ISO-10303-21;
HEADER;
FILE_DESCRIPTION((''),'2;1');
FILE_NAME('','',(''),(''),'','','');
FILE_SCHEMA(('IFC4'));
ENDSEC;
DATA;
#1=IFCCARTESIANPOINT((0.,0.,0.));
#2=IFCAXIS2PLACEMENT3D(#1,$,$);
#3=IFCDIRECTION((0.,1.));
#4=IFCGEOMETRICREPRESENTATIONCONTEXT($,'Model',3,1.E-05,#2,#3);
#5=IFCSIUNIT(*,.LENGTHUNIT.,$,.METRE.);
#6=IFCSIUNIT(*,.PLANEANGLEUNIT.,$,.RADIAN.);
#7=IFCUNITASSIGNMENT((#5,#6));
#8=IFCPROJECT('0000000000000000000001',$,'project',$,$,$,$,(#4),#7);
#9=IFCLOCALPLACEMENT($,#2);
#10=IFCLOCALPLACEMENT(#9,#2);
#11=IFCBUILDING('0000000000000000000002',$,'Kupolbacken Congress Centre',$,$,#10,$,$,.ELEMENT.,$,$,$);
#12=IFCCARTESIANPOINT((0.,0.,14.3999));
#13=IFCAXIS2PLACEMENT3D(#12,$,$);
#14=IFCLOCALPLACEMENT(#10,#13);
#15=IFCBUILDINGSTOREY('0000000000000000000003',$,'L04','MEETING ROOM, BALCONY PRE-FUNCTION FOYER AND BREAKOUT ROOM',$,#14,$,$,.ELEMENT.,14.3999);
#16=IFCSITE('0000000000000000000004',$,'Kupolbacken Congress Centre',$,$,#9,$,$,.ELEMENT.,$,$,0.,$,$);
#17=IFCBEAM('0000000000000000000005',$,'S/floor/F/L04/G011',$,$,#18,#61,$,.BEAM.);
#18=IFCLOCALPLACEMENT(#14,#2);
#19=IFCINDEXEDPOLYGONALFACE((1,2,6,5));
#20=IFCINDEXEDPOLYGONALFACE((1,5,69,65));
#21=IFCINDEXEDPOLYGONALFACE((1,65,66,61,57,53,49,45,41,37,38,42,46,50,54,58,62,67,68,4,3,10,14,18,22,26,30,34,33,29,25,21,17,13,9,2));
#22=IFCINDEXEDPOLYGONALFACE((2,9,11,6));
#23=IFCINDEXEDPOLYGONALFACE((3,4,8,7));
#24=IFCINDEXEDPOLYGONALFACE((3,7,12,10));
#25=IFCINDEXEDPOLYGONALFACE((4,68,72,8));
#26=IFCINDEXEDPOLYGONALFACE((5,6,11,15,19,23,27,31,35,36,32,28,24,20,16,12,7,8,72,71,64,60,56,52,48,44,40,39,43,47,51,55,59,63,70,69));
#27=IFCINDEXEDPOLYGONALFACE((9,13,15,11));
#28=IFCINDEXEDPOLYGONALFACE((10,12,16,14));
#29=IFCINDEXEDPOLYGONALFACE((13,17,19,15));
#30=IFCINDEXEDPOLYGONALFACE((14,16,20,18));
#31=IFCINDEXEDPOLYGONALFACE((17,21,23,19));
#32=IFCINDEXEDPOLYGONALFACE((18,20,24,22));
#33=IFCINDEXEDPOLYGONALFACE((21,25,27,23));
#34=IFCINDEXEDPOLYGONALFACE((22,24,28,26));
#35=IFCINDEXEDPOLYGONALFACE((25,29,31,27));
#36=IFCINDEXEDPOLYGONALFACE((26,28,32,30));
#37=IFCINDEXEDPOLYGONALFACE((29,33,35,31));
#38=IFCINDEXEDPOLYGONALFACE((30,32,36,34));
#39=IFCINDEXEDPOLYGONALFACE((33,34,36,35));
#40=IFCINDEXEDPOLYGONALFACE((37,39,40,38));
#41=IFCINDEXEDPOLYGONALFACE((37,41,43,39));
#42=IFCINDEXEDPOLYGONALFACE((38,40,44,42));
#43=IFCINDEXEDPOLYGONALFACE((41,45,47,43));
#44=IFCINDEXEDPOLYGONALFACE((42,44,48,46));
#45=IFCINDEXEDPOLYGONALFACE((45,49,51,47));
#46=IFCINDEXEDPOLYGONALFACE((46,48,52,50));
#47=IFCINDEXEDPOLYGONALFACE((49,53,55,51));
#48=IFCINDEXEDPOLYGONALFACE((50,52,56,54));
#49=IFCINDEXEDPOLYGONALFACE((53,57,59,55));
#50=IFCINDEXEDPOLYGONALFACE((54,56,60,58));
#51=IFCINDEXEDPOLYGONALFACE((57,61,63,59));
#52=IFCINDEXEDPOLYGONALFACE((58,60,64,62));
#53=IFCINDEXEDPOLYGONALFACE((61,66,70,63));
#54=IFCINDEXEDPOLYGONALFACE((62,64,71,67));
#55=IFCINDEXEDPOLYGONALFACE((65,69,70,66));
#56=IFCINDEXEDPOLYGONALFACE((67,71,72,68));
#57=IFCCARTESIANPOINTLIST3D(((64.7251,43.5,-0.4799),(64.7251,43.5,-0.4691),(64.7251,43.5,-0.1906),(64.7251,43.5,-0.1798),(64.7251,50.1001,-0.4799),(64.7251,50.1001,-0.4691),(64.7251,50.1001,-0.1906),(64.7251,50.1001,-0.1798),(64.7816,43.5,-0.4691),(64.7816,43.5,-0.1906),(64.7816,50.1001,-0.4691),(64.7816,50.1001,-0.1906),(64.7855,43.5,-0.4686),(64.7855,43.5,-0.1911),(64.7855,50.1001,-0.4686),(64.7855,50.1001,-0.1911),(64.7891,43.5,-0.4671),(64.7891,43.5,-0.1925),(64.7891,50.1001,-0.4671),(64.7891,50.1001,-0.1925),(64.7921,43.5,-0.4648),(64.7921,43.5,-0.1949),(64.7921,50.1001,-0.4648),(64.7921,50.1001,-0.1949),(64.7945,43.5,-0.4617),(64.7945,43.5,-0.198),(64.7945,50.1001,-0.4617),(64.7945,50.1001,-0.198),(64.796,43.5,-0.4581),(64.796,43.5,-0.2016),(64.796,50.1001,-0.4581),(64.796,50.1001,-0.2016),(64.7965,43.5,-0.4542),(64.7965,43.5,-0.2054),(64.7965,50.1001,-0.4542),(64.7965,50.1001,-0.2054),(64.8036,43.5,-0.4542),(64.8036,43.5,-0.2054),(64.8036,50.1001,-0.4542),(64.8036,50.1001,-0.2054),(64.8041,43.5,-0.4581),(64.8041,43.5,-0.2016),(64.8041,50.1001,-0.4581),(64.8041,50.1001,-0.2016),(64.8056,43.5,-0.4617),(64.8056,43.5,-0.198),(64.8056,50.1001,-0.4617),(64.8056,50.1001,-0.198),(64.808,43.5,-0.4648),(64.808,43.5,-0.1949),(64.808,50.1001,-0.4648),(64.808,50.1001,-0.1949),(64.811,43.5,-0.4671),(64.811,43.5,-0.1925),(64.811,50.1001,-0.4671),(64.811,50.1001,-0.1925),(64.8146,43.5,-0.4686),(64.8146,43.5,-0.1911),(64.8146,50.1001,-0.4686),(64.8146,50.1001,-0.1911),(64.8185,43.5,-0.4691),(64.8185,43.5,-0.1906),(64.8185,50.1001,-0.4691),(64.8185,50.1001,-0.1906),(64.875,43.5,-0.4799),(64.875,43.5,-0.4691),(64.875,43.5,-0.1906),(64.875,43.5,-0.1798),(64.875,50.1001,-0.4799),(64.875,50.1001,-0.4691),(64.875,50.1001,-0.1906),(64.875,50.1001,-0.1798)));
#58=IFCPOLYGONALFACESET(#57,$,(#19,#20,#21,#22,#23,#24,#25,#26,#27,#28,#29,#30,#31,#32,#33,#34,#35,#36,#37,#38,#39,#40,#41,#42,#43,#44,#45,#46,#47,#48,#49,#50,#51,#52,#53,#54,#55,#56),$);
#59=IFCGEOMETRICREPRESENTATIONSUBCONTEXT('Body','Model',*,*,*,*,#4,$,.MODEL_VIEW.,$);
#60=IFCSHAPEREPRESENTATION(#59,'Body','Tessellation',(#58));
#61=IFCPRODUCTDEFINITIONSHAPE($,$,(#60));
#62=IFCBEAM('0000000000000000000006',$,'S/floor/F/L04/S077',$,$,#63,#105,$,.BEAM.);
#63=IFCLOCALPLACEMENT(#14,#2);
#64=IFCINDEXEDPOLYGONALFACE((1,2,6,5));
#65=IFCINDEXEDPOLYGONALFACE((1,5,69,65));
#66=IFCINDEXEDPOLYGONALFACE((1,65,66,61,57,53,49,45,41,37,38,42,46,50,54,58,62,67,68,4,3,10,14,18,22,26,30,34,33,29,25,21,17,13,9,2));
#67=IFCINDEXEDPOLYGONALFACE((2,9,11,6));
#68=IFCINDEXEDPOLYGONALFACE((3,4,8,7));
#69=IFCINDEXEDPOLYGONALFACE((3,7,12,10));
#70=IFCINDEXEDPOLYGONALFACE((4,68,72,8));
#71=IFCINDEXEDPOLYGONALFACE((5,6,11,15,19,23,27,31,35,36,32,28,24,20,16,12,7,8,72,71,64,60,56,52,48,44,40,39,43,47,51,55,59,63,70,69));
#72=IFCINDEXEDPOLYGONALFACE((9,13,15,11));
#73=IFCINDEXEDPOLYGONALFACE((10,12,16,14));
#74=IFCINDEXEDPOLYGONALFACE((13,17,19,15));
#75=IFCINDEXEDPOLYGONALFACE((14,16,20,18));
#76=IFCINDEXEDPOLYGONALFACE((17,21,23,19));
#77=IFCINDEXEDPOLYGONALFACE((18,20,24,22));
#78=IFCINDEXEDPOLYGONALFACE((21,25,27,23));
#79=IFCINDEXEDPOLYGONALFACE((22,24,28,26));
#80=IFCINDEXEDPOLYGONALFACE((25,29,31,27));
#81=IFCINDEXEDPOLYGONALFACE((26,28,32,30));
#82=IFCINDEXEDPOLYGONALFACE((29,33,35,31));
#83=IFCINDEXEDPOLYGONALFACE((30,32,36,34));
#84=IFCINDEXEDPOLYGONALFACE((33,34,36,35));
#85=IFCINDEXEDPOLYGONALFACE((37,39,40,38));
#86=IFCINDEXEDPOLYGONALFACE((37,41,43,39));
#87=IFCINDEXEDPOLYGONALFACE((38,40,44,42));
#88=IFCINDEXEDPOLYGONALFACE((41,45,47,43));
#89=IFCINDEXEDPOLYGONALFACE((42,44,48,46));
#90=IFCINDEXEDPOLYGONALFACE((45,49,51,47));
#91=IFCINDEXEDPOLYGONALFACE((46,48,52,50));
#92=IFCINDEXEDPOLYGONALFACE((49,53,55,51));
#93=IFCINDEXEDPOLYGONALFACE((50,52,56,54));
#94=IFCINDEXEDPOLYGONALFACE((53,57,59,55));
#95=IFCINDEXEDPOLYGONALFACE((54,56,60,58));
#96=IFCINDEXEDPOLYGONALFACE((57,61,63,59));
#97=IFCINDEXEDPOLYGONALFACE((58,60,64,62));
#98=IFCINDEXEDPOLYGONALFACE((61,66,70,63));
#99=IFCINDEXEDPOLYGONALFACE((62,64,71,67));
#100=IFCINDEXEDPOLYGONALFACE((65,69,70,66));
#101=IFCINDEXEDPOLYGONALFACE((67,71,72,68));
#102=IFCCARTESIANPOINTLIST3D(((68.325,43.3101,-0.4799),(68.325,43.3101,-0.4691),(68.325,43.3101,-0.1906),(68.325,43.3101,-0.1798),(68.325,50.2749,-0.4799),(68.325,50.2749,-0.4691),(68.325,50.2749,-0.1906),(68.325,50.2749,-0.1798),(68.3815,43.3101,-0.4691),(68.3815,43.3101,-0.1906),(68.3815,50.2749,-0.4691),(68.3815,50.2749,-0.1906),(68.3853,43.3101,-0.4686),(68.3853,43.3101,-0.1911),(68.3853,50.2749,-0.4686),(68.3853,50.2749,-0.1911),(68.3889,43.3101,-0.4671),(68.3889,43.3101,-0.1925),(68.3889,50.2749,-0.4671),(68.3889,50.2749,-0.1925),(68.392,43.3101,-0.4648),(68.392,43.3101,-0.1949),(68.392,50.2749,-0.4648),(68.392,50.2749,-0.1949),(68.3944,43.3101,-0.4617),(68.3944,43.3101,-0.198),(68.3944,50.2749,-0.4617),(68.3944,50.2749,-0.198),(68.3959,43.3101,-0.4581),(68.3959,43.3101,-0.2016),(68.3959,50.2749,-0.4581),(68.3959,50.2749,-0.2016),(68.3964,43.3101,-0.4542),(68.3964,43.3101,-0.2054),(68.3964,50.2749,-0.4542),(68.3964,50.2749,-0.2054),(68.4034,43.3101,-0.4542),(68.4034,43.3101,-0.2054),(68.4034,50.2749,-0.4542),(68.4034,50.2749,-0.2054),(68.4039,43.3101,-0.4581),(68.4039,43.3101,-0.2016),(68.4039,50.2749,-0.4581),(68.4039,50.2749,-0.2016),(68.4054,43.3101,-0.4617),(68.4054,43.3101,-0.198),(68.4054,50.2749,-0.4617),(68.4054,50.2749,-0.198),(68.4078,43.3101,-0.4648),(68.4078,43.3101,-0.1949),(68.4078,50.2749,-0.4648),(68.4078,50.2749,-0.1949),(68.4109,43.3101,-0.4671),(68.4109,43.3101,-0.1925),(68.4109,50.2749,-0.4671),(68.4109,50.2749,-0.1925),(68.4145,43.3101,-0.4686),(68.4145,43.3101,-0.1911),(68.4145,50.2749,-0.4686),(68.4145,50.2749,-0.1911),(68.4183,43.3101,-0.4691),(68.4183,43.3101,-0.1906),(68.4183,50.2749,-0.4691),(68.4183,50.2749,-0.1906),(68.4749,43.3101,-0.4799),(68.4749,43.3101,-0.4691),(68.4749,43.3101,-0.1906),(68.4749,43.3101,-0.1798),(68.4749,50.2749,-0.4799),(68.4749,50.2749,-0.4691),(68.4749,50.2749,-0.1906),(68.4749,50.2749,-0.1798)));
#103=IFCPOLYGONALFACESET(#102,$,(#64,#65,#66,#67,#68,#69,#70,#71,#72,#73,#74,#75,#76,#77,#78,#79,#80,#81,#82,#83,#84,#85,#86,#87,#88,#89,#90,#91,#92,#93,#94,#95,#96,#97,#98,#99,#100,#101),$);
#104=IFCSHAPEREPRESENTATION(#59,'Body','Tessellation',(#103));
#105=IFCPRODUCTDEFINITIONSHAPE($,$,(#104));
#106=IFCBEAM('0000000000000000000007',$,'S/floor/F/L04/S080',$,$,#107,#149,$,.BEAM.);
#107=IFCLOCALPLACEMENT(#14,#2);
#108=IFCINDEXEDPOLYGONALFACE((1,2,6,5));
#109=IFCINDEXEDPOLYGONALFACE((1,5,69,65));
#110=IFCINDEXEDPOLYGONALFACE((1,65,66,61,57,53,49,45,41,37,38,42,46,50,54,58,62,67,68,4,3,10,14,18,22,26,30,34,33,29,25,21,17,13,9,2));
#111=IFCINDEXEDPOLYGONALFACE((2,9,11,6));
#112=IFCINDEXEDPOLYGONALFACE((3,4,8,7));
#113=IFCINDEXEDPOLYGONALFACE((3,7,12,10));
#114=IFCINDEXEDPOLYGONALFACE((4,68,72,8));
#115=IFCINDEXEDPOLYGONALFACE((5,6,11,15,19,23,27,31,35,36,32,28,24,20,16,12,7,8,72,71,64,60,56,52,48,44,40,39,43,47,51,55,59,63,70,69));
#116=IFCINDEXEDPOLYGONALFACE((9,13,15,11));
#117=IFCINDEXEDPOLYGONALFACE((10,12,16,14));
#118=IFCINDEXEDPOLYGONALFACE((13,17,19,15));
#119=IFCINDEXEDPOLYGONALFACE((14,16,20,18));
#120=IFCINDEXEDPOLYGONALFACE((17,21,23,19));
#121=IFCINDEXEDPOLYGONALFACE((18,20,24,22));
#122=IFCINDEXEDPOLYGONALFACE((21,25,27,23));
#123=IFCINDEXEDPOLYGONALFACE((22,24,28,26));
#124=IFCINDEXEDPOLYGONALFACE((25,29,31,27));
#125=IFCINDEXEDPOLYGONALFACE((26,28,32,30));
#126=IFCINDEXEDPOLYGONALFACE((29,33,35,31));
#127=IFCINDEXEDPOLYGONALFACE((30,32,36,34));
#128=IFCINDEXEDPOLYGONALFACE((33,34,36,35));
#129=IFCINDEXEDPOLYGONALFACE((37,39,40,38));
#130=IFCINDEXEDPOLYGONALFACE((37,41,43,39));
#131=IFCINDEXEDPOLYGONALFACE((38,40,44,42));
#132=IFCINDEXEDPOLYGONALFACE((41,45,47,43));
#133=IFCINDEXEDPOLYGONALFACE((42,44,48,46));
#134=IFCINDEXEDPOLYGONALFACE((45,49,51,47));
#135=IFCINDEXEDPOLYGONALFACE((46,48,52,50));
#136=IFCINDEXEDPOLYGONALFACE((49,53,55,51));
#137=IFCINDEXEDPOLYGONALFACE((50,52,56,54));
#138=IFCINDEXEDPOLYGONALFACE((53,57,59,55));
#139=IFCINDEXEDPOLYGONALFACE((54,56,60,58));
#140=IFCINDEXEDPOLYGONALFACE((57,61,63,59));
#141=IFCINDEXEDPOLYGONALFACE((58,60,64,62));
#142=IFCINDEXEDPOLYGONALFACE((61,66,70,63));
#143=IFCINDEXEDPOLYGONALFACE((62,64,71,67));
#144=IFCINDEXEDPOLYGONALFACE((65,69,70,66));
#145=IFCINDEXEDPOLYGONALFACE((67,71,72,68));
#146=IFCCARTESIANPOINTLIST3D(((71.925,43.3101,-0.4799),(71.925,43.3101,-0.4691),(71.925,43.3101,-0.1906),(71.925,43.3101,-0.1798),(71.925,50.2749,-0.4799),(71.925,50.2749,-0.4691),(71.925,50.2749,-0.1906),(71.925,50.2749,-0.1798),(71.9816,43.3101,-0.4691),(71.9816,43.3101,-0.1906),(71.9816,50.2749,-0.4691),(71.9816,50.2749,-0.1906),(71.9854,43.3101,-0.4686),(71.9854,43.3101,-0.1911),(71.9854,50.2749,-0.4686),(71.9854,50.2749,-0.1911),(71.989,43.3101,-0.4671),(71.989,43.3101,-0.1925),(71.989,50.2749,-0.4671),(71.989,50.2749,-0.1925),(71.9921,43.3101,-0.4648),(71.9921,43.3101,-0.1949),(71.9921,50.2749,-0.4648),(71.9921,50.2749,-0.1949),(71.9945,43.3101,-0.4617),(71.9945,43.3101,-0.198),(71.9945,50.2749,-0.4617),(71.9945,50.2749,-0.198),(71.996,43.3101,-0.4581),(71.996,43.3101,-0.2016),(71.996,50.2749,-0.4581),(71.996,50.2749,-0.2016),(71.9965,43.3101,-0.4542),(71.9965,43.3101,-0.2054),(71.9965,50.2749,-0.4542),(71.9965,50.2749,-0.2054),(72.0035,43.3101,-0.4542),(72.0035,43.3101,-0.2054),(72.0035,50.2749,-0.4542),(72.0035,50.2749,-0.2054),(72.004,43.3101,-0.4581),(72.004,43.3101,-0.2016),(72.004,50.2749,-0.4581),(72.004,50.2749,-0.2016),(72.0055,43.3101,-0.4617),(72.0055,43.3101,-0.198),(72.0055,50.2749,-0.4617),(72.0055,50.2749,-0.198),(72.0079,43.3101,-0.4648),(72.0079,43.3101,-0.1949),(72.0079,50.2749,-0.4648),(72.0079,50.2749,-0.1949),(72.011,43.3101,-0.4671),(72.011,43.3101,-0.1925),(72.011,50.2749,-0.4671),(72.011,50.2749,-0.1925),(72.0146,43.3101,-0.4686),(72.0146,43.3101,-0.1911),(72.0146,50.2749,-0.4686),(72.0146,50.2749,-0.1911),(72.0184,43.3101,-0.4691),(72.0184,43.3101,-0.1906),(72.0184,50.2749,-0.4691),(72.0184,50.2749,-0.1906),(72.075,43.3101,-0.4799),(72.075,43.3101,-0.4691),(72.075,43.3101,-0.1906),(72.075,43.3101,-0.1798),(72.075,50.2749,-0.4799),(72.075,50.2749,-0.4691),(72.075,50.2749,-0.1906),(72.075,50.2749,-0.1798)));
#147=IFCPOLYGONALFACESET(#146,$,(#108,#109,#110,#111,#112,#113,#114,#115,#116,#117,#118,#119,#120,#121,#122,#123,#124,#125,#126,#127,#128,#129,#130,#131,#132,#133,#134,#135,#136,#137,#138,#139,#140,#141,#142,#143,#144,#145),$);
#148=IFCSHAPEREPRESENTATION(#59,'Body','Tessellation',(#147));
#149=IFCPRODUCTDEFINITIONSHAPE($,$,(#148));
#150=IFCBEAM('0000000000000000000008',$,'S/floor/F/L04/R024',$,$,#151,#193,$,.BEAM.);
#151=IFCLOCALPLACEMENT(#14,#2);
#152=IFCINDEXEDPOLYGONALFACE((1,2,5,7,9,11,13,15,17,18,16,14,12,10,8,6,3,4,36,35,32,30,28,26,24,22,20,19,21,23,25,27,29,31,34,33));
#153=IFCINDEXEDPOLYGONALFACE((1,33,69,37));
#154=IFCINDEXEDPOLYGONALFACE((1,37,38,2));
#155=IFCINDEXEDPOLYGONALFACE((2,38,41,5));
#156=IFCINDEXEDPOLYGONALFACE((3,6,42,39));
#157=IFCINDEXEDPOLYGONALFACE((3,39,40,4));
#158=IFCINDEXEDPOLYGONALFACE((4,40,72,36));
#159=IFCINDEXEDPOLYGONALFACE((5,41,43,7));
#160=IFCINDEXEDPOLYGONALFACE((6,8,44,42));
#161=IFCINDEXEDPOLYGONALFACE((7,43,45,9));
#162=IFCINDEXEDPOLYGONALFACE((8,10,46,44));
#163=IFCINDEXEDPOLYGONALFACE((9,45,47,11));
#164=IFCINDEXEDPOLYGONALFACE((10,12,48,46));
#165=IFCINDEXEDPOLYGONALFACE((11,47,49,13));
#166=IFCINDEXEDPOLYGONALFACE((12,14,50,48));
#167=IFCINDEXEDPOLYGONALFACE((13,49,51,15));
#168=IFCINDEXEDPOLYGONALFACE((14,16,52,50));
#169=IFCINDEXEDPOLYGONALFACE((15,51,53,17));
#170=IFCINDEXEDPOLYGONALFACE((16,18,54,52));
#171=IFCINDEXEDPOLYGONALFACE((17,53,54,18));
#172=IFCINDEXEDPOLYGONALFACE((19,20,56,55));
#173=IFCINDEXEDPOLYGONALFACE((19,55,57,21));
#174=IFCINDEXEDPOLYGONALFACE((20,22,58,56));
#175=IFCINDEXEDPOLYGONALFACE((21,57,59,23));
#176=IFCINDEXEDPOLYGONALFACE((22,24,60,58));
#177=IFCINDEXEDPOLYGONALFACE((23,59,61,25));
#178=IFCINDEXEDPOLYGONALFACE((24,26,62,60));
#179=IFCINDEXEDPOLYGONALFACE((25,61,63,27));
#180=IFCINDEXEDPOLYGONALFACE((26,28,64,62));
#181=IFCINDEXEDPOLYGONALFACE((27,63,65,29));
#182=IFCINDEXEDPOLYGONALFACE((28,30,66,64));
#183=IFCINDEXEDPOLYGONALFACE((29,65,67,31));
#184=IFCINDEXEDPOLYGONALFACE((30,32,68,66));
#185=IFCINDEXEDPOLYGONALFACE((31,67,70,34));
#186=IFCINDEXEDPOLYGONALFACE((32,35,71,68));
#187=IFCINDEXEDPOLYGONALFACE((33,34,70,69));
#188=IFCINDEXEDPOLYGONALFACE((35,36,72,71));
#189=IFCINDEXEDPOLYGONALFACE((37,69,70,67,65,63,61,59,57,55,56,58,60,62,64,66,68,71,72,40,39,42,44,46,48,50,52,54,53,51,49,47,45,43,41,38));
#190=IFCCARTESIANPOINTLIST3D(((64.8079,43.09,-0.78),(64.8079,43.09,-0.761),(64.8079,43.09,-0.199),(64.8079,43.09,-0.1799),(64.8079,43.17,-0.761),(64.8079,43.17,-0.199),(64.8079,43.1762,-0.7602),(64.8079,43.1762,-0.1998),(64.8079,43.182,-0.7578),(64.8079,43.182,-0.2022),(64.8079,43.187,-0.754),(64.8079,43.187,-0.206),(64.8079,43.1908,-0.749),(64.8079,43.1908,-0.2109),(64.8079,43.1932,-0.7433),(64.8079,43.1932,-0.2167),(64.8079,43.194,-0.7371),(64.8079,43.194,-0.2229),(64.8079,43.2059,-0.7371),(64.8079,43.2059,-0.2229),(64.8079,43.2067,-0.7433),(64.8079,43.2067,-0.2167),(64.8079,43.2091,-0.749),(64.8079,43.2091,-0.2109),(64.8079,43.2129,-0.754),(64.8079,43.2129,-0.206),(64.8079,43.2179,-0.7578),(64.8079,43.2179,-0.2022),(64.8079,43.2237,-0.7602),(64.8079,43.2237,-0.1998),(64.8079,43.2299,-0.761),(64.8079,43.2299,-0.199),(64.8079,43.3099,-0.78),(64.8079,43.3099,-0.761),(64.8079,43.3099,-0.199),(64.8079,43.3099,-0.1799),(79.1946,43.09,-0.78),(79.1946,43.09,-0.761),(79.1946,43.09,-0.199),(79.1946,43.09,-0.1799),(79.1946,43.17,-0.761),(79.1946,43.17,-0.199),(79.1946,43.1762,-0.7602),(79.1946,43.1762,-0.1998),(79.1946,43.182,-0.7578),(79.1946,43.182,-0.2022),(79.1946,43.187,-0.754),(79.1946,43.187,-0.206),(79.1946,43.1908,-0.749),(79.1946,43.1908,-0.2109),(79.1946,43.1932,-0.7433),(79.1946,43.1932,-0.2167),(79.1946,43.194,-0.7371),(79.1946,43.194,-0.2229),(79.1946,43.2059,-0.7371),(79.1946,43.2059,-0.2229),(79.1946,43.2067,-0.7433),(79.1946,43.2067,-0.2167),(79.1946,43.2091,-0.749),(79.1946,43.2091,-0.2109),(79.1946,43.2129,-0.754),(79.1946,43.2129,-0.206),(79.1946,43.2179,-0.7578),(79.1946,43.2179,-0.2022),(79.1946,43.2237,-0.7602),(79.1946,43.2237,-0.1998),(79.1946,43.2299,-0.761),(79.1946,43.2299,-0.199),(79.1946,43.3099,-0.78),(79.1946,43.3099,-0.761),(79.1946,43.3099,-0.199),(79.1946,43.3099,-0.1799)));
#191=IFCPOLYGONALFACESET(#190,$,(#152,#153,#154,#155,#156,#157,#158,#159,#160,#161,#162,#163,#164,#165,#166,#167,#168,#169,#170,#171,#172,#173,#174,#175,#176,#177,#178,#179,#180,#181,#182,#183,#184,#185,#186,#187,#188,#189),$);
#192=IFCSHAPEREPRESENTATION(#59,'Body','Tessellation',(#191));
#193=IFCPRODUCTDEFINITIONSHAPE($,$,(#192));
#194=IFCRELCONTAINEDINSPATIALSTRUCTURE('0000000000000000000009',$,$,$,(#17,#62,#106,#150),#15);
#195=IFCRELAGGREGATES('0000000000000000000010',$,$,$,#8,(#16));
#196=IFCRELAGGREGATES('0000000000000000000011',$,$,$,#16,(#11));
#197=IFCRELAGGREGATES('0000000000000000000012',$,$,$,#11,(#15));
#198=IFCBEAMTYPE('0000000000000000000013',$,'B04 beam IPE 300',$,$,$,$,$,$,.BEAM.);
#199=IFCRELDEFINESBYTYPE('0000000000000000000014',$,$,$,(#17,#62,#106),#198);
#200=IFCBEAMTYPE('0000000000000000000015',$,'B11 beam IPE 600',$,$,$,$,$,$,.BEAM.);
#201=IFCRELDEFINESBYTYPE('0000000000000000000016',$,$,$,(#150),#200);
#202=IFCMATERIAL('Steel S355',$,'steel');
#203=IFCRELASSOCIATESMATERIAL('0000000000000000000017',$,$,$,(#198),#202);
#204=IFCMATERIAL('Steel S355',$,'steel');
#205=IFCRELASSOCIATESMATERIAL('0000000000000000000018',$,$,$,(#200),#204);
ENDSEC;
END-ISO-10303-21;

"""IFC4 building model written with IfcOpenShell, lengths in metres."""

from ifc_helpers import new_model, si_unit, direction, frame, origin, origin_2d, place, context, subcontext, project, spatial, i_section, extrude, material, material_profile, profile_set, type_object, element, save


model = new_model("IFC4")

# Units and contexts
model_context = context("Model", 3, precision=1e-05, world=origin(), true_north=direction((0.0, 1.0)))
body_context = subcontext(model_context, "Body", "Model", "MODEL_VIEW")
ifc_project = project(units=[si_unit("LENGTHUNIT", "METRE"), si_unit("PLANEANGLEUNIT", "RADIAN")], contexts=[model_context])

# Site, building, storey
site_placement = place(None, origin())
site = spatial("IfcSite", under=ifc_project, at=site_placement, Name="Kupolbacken Congress Centre", CompositionType="ELEMENT", RefElevation=0.0)
building_placement = place(site_placement, origin())
building = spatial("IfcBuilding", under=site, at=building_placement, Name="Kupolbacken Congress Centre", CompositionType="ELEMENT")
storey_placement = place(building_placement, frame((0.0, 0.0, 14.3999)))
storey = spatial("IfcBuildingStorey", under=building, at=storey_placement, Name="L04", Description="MEETING ROOM, BALCONY PRE-FUNCTION FOYER AND BREAKOUT ROOM", CompositionType="ELEMENT", Elevation=14.3999)

# Beams
ifc_material_1 = material(Name="Steel S355", Category="steel")
ifc_material_profile_1 = material_profile(ifc_material_1, i_section(OverallWidth=0.1499, OverallDepth=0.3, WebThickness=0.0071, FlangeThickness=0.0107, FilletRadius=0.0149, at=origin_2d()), Name="IPE 300")
ifc_profile_set_1 = profile_set([ifc_material_profile_1], Name="Steel S355")
beam_type_1 = type_object("IfcBeamType", Name="B04 beam IPE 300", PredefinedType="BEAM", material=ifc_profile_set_1)
beam_1_placement = place(storey_placement, frame((64.8, 43.5, -0.3298), z_axis=(0.0, 1.0, 0.0), x_axis=(-1.0, 0.0, 0.0)))
element("IfcBeam", 1, at=beam_1_placement, inside=storey, type_object=beam_type_1, Name="S/floor/F/L04/G011", PredefinedType="BEAM", context=body_context, shape_type="SweptSolid", body=[
    extrude(i_section(OverallWidth=0.1499, OverallDepth=0.3, WebThickness=0.0071, FlangeThickness=0.0107, FilletRadius=0.0149, at=origin_2d()), origin(), (0.0, 0.0, 1.0), 6.6001),
])
for number, where, z_axis, x_axis, name in (
    (2, (68.3999, 43.3101, -0.3298), (0.0, 1.0, 0.0), (-1.0, 0.0, 0.0), "S/floor/F/L04/S077"),
    (3, (72.0, 43.3101, -0.3298), (0.0, 1.0, 0.0), (-1.0, 0.0, 0.0), "S/floor/F/L04/S080"),
):
    element("IfcBeam", number, at=place(storey_placement, frame(where, z_axis=z_axis, x_axis=x_axis)), inside=storey, type_object=beam_type_1, Name=name, PredefinedType="BEAM", context=body_context, shape_type="SweptSolid", body=[
        extrude(i_section(OverallWidth=0.1499, OverallDepth=0.3, WebThickness=0.0071, FlangeThickness=0.0107, FilletRadius=0.0149, at=origin_2d()), origin(), (0.0, 0.0, 1.0), 6.9648),
    ])
ifc_material_2 = material(Name="Steel S355", Category="steel")
ifc_material_profile_2 = material_profile(ifc_material_2, i_section(OverallWidth=0.22, OverallDepth=0.6001, WebThickness=0.012, FlangeThickness=0.019, FilletRadius=0.0239, at=origin_2d()), Name="IPE 600")
ifc_profile_set_2 = profile_set([ifc_material_profile_2], Name="Steel S355")
beam_type_2 = type_object("IfcBeamType", Name="B11 beam IPE 600", PredefinedType="BEAM", material=ifc_profile_set_2)
beam_2_placement = place(storey_placement, frame((64.8079, 43.2, -0.48), z_axis=(1.0, 0.0, 0.0), x_axis=(0.0, 1.0, 0.0)))
element("IfcBeam", 4, at=beam_2_placement, inside=storey, type_object=beam_type_2, Name="S/floor/F/L04/R024", PredefinedType="BEAM", context=body_context, shape_type="SweptSolid", body=[
    extrude(i_section(OverallWidth=0.22, OverallDepth=0.6001, WebThickness=0.012, FlangeThickness=0.019, FilletRadius=0.0239, at=origin_2d()), origin(), (0.0, 0.0, 1.0), 14.3867),
])

save(model, "model.ifc")
